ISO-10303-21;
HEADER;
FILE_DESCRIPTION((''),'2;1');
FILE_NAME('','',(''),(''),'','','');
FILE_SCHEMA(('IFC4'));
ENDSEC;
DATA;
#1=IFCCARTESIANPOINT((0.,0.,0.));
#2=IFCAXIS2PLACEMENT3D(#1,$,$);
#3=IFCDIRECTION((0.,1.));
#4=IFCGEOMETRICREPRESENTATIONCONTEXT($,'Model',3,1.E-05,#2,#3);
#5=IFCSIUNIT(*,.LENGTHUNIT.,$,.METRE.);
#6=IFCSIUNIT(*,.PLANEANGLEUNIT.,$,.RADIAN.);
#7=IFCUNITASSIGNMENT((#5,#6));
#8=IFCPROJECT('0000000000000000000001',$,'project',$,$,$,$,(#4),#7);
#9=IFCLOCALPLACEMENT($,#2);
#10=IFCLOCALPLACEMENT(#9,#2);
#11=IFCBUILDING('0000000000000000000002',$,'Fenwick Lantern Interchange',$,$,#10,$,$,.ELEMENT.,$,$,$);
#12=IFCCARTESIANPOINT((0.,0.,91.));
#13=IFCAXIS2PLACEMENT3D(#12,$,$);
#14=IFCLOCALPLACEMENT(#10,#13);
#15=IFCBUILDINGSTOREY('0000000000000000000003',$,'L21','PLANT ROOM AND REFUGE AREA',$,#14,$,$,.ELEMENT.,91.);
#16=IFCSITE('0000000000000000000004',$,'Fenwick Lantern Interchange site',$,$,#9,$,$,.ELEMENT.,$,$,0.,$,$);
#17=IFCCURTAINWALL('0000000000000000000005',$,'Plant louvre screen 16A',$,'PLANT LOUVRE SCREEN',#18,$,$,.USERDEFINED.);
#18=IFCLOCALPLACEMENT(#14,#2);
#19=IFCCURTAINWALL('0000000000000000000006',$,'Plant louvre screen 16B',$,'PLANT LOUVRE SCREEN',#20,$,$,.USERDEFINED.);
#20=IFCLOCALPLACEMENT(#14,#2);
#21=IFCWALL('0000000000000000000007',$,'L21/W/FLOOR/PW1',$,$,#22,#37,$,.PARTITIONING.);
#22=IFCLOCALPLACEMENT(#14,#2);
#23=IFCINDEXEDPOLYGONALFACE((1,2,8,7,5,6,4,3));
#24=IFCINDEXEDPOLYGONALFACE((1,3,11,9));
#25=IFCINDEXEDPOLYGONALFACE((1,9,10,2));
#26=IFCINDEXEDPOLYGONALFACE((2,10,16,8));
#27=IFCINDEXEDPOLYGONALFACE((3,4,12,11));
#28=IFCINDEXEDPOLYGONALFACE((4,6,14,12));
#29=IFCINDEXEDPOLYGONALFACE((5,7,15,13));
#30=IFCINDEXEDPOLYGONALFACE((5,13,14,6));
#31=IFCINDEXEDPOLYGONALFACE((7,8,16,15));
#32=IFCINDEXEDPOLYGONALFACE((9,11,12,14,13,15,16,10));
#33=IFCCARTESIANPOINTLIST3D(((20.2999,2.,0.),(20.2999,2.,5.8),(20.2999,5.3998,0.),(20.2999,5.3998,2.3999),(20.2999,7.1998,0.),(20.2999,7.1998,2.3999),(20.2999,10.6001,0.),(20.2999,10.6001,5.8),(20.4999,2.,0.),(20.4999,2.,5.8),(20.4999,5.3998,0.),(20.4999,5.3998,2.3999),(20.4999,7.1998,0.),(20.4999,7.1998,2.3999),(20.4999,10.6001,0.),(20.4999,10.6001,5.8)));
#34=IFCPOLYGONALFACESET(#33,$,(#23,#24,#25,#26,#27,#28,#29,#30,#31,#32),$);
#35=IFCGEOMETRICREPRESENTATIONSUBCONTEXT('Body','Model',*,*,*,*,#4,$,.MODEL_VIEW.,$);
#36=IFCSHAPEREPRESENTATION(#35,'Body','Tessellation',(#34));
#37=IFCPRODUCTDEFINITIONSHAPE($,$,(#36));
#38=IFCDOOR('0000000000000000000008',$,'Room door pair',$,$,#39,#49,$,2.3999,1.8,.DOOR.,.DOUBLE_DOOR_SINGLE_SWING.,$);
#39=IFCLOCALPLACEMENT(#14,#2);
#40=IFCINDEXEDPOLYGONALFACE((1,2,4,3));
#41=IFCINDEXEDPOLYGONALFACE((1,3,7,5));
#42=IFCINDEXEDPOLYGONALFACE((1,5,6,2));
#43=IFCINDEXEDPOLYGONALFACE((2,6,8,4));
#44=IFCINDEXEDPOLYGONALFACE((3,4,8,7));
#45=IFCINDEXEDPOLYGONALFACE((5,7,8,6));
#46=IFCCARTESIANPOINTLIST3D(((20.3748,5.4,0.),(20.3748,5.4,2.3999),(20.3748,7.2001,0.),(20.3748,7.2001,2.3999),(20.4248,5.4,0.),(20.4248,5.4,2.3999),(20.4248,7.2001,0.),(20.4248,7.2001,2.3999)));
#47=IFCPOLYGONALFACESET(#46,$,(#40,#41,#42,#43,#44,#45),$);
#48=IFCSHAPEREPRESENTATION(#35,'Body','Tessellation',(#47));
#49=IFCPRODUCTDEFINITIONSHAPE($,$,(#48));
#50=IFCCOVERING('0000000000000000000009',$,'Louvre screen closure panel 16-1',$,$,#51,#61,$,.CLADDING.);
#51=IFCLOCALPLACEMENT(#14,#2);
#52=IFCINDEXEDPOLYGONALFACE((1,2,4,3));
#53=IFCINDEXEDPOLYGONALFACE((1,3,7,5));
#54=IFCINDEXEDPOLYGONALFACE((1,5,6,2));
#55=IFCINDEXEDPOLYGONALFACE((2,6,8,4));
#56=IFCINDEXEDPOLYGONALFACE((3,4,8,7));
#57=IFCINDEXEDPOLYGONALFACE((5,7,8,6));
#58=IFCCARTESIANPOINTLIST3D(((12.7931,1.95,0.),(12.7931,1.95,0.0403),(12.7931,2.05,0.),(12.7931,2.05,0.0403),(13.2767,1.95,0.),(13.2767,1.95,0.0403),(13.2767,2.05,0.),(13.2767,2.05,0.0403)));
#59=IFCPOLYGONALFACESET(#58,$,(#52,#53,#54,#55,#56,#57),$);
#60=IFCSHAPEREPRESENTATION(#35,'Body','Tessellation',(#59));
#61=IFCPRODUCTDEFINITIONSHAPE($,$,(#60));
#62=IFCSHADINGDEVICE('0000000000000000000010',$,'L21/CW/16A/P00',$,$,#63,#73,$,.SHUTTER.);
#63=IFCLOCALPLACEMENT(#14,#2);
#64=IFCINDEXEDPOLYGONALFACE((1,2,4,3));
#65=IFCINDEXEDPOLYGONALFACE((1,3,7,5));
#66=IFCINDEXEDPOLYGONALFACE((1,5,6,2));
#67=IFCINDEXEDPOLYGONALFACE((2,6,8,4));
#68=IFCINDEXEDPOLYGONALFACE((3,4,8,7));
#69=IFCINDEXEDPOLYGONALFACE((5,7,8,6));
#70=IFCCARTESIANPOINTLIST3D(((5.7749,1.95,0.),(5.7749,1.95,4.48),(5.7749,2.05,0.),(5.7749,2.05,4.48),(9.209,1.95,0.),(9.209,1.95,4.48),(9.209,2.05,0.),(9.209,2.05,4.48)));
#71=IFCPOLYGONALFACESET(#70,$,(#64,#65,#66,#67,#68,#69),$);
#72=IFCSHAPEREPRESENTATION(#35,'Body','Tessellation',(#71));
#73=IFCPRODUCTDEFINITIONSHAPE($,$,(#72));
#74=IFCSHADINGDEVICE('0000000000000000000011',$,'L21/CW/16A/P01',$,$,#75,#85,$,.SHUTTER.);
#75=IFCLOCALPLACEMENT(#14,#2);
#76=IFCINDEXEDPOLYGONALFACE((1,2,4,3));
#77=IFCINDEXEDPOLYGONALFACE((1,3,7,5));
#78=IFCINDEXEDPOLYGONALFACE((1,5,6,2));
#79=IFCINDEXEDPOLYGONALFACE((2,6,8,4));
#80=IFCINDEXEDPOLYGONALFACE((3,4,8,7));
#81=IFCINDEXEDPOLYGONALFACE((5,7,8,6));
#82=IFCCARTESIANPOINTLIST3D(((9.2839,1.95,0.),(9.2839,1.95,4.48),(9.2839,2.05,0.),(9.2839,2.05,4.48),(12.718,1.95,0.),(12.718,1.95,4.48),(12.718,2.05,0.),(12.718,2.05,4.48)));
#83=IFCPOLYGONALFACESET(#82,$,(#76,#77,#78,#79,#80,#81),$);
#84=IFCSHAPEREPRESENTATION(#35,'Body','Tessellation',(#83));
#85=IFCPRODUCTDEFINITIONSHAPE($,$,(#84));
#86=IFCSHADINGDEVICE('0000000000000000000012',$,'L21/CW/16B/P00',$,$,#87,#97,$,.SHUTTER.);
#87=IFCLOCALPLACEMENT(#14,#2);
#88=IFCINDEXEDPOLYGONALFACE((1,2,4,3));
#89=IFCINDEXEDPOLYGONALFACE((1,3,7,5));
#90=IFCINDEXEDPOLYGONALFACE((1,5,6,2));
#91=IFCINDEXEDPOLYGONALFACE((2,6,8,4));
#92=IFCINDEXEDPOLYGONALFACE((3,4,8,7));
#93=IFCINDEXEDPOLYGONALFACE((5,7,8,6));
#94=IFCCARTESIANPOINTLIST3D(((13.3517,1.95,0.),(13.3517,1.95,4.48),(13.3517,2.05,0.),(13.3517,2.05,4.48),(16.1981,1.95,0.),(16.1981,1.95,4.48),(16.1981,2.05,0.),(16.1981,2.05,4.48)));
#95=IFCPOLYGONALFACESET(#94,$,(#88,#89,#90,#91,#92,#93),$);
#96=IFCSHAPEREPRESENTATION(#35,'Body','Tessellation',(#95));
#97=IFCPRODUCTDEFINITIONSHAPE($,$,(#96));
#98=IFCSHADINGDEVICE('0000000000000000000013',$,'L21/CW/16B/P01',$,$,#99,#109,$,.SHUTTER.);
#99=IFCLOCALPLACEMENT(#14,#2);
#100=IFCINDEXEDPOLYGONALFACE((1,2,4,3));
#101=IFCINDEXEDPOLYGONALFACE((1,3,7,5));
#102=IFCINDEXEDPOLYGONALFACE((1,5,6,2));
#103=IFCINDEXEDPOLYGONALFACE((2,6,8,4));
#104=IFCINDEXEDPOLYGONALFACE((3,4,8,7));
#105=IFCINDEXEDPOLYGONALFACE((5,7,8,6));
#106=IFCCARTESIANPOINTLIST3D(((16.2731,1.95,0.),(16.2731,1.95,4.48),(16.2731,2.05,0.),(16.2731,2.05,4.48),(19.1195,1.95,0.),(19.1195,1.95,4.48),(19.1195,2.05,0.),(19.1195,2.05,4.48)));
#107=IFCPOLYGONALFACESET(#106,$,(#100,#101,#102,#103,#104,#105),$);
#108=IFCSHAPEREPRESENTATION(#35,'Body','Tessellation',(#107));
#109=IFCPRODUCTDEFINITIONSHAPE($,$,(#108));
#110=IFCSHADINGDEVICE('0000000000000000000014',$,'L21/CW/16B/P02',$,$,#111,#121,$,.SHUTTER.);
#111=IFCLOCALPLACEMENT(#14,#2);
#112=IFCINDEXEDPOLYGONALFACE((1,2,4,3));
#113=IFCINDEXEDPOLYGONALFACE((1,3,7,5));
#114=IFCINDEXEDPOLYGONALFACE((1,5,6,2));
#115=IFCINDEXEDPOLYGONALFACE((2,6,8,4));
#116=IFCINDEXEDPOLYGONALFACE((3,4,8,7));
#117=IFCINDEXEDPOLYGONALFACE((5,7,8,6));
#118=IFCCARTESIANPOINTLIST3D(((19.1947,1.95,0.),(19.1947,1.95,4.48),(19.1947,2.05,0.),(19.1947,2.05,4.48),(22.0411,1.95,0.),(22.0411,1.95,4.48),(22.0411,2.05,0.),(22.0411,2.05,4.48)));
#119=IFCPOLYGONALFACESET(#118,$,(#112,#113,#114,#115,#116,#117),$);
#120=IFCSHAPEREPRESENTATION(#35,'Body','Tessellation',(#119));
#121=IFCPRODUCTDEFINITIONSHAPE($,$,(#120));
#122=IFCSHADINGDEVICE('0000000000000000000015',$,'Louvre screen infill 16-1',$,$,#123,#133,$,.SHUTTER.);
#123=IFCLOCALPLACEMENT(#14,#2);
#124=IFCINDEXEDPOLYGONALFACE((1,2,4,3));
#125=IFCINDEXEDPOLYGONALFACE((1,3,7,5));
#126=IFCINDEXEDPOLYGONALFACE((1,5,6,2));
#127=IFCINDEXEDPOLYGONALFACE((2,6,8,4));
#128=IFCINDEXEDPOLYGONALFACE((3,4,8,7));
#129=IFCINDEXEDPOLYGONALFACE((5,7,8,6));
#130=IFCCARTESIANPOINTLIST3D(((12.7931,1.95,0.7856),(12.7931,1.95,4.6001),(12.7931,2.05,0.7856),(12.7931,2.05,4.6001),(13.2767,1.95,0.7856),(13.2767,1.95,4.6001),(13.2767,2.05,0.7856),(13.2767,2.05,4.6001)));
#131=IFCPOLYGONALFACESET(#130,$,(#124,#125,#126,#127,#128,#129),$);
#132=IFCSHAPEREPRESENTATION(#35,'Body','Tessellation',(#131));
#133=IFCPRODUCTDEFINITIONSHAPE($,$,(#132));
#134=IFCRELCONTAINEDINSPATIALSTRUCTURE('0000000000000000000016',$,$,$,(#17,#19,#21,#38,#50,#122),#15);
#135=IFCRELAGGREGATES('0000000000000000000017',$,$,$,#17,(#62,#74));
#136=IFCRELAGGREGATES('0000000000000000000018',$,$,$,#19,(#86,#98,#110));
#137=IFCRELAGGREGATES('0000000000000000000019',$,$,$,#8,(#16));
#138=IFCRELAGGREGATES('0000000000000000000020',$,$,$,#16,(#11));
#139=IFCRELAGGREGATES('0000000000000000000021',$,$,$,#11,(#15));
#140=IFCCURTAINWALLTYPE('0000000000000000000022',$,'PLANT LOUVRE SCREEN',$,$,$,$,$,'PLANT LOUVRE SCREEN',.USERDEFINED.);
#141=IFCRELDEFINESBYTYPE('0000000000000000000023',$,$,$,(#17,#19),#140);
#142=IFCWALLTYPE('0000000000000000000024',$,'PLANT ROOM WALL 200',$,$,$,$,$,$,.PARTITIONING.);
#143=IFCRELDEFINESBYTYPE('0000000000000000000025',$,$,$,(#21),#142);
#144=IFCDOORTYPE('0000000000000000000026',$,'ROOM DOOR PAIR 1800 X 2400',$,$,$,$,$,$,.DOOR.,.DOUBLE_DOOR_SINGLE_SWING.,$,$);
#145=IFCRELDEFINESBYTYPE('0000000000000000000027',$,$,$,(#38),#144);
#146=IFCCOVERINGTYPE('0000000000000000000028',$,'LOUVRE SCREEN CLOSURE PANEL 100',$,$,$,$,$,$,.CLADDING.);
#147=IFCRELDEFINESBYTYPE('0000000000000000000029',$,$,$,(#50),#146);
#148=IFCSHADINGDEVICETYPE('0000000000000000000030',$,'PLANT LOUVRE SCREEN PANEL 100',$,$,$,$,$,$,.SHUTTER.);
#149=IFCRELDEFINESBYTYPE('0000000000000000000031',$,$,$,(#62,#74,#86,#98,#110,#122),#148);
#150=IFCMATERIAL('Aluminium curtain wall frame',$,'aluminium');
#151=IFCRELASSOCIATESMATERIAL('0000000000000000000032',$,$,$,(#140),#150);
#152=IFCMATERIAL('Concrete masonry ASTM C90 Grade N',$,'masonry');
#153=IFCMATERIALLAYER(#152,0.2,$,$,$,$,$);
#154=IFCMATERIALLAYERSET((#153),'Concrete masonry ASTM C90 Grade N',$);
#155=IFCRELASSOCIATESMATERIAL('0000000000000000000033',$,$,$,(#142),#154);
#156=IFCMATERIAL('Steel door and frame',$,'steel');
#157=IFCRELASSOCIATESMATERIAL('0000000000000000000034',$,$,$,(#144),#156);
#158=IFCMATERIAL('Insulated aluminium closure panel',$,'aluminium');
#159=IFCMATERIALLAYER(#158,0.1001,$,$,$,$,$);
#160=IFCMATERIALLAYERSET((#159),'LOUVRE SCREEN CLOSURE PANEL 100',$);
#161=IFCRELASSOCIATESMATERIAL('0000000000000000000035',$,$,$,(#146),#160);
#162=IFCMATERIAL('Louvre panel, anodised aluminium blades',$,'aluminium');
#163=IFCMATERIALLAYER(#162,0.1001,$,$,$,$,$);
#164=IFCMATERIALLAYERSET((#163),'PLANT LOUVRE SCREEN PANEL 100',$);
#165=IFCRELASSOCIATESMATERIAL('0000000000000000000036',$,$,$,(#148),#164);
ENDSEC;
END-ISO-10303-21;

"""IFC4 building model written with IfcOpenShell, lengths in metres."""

from ifc_helpers import new_model, si_unit, direction, frame, frame_2d, origin, origin_2d, place, context, subcontext, project, spatial, rectangle, extrude, material, layer, layer_set, type_object, element, fill, aggregate, save


model = new_model("IFC4")

# Units and contexts
model_context = context("Model", 3, precision=1e-05, world=origin(), true_north=direction((0.0, 1.0)))
body_context = subcontext(model_context, "Body", "Model", "MODEL_VIEW")
ifc_project = project(units=[si_unit("LENGTHUNIT", "METRE"), si_unit("PLANEANGLEUNIT", "RADIAN")], contexts=[model_context])

# Site, building, storey
site_placement = place(None, origin())
site = spatial("IfcSite", under=ifc_project, at=site_placement, Name="Fenwick Lantern Interchange site", CompositionType="ELEMENT", RefElevation=0.0)
building_placement = place(site_placement, origin())
building = spatial("IfcBuilding", under=site, at=building_placement, Name="Fenwick Lantern Interchange", CompositionType="ELEMENT")
storey_placement = place(building_placement, frame((0.0, 0.0, 91.0)))
storey = spatial("IfcBuildingStorey", under=building, at=storey_placement, Name="L21", Description="PLANT ROOM AND REFUGE AREA", CompositionType="ELEMENT", Elevation=91.0)

# Curtain walls
ifc_material_1 = material(Name="Aluminium curtain wall frame", Category="aluminium")
curtain_wall_type = type_object("IfcCurtainWallType", Name="PLANT LOUVRE SCREEN", ElementType="PLANT LOUVRE SCREEN", PredefinedType="USERDEFINED", material=ifc_material_1)
curtain_wall_1_placement = place(storey_placement, origin())
curtain_wall_1 = element("IfcCurtainWall", 1, at=curtain_wall_1_placement, inside=storey, type_object=curtain_wall_type, Name="Plant louvre screen 16A", ObjectType="PLANT LOUVRE SCREEN", PredefinedType="USERDEFINED")
curtain_wall_2_placement = place(storey_placement, origin())
curtain_wall_2 = element("IfcCurtainWall", 2, at=curtain_wall_2_placement, inside=storey, type_object=curtain_wall_type, Name="Plant louvre screen 16B", ObjectType="PLANT LOUVRE SCREEN", PredefinedType="USERDEFINED")

# Wall, opening, door
ifc_material_2 = material(Name="Concrete masonry ASTM C90 Grade N", Category="masonry")
ifc_layer_1 = layer(ifc_material_2, 0.2)
ifc_layer_set_1 = layer_set([ifc_layer_1], Name="Concrete masonry ASTM C90 Grade N")
wall_type = type_object("IfcWallType", Name="PLANT ROOM WALL 200", PredefinedType="PARTITIONING", material=ifc_layer_set_1)
wall_placement = place(storey_placement, frame((20.3999, 2.0, 0.0), z_axis=(0.0, 0.0, 1.0), x_axis=(0.0, 1.0, 0.0)))
wall = element("IfcWall", 3, at=wall_placement, inside=storey, type_object=wall_type, Name="L21/W/FLOOR/PW1", PredefinedType="PARTITIONING", context=body_context, shape_type="SweptSolid", body=[
    extrude(rectangle(XDim=8.6001, YDim=0.2, at=frame_2d((4.3, 0.0))), origin(), (0.0, 0.0, 1.0), 5.8),
])
opening_placement = place(wall_placement, frame((3.3999, 0.0, 0.0)))
opening = element("IfcOpeningElement", 4, at=opening_placement, cuts=wall, PredefinedType="OPENING", context=body_context, shape_type="SweptSolid", body=[
    extrude(rectangle(XDim=1.8, YDim=2.3999, at=frame_2d((0.8999, 1.2))), frame((0.0, 0.1099, 0.0), z_axis=(0.0, -1.0, 0.0), x_axis=(1.0, 0.0, 0.0)), (0.0, 0.0, 1.0), 0.22),
])
ifc_material_3 = material(Name="Steel door and frame", Category="steel")
door_type = type_object("IfcDoorType", Name="ROOM DOOR PAIR 1800 X 2400", OperationType="DOUBLE_DOOR_SINGLE_SWING", PredefinedType="DOOR", material=ifc_material_3)
door_placement = place(opening_placement, frame((1.8, 0.0, 0.0), z_axis=(0.0, 0.0, 1.0), x_axis=(-1.0, 0.0, 0.0)))
door = element("IfcDoor", 5, at=door_placement, inside=storey, type_object=door_type, Name="Room door pair", OperationType="DOUBLE_DOOR_SINGLE_SWING", OverallHeight=2.3999, OverallWidth=1.8, PredefinedType="DOOR", context=body_context, shape_type="SweptSolid", body=[
    extrude(rectangle(XDim=1.8, YDim=2.3999, at=frame_2d((0.8999, 1.2))), frame((0.0, 0.0249, 0.0), z_axis=(0.0, -1.0, 0.0), x_axis=(1.0, 0.0, 0.0)), (0.0, 0.0, 1.0), 0.05),
])
fill(opening, door)

# Covering
ifc_material_4 = material(Name="Insulated aluminium closure panel", Category="aluminium")
ifc_layer_2 = layer(ifc_material_4, 0.1001)
ifc_layer_set_2 = layer_set([ifc_layer_2], Name="LOUVRE SCREEN CLOSURE PANEL 100")
covering_type = type_object("IfcCoveringType", Name="LOUVRE SCREEN CLOSURE PANEL 100", PredefinedType="CLADDING", material=ifc_layer_set_2)
covering_placement = place(storey_placement, frame((13.0349, 2.0, 0.0), z_axis=(0.0, 0.0, 1.0), x_axis=(1.0, 0.0, 0.0)))
element("IfcCovering", 6, at=covering_placement, inside=storey, type_object=covering_type, Name="Louvre screen closure panel 16-1", PredefinedType="CLADDING", context=body_context, shape_type="SweptSolid", body=[
    extrude(rectangle(XDim=0.4836, YDim=0.1001, at=origin_2d()), origin(), (0.0, 0.0, 1.0), 0.0403),
])

# Shading devices
ifc_material_5 = material(Name="Louvre panel, anodised aluminium blades", Category="aluminium")
ifc_layer_3 = layer(ifc_material_5, 0.1001)
ifc_layer_set_3 = layer_set([ifc_layer_3], Name="PLANT LOUVRE SCREEN PANEL 100")
shading_device_type = type_object("IfcShadingDeviceType", Name="PLANT LOUVRE SCREEN PANEL 100", PredefinedType="SHUTTER", material=ifc_layer_set_3)
shading_device_1_placement = place(storey_placement, frame((7.4919, 2.0, 0.0), z_axis=(0.0, 0.0, 1.0), x_axis=(1.0, 0.0, 0.0)))
shading_device_1 = element("IfcShadingDevice", 7, at=shading_device_1_placement, type_object=shading_device_type, Name="L21/CW/16A/P00", PredefinedType="SHUTTER", context=body_context, shape_type="SweptSolid", body=[
    extrude(rectangle(XDim=3.4341, YDim=0.1001, at=origin_2d()), origin(), (0.0, 0.0, 1.0), 4.48),
])
shading_device_2_placement = place(storey_placement, frame((11.001, 2.0, 0.0), z_axis=(0.0, 0.0, 1.0), x_axis=(1.0, 0.0, 0.0)))
shading_device_2 = element("IfcShadingDevice", 8, at=shading_device_2_placement, type_object=shading_device_type, Name="L21/CW/16A/P01", PredefinedType="SHUTTER", context=body_context, shape_type="SweptSolid", body=[
    extrude(rectangle(XDim=3.4341, YDim=0.1001, at=origin_2d()), origin(), (0.0, 0.0, 1.0), 4.48),
])
aggregate(curtain_wall_1, [shading_device_1, shading_device_2])
shading_device_3_placement = place(storey_placement, frame((14.7749, 2.0, 0.0), z_axis=(0.0, 0.0, 1.0), x_axis=(1.0, 0.0, 0.0)))
shading_device_3 = element("IfcShadingDevice", 9, at=shading_device_3_placement, type_object=shading_device_type, Name="L21/CW/16B/P00", PredefinedType="SHUTTER", context=body_context, shape_type="SweptSolid", body=[
    extrude(rectangle(XDim=2.8464, YDim=0.1001, at=origin_2d()), origin(), (0.0, 0.0, 1.0), 4.48),
])
shading_device_4_placement = place(storey_placement, frame((17.6963, 2.0, 0.0), z_axis=(0.0, 0.0, 1.0), x_axis=(1.0, 0.0, 0.0)))
shading_device_4 = element("IfcShadingDevice", 10, at=shading_device_4_placement, type_object=shading_device_type, Name="L21/CW/16B/P01", PredefinedType="SHUTTER", context=body_context, shape_type="SweptSolid", body=[
    extrude(rectangle(XDim=2.8464, YDim=0.1001, at=origin_2d()), origin(), (0.0, 0.0, 1.0), 4.48),
])
shading_device_5_placement = place(storey_placement, frame((20.6179, 2.0, 0.0), z_axis=(0.0, 0.0, 1.0), x_axis=(1.0, 0.0, 0.0)))
shading_device_5 = element("IfcShadingDevice", 11, at=shading_device_5_placement, type_object=shading_device_type, Name="L21/CW/16B/P02", PredefinedType="SHUTTER", context=body_context, shape_type="SweptSolid", body=[
    extrude(rectangle(XDim=2.8464, YDim=0.1001, at=origin_2d()), origin(), (0.0, 0.0, 1.0), 4.48),
])
aggregate(curtain_wall_2, [shading_device_3, shading_device_4, shading_device_5])
shading_device_6_placement = place(storey_placement, frame((13.0349, 2.0, 0.7856), z_axis=(0.0, 0.0, 1.0), x_axis=(1.0, 0.0, 0.0)))
element("IfcShadingDevice", 12, at=shading_device_6_placement, inside=storey, type_object=shading_device_type, Name="Louvre screen infill 16-1", PredefinedType="SHUTTER", context=body_context, shape_type="SweptSolid", body=[
    extrude(rectangle(XDim=0.4836, YDim=0.1001, at=origin_2d()), origin(), (0.0, 0.0, 1.0), 3.8145),
])

save(model, "model.ifc")
